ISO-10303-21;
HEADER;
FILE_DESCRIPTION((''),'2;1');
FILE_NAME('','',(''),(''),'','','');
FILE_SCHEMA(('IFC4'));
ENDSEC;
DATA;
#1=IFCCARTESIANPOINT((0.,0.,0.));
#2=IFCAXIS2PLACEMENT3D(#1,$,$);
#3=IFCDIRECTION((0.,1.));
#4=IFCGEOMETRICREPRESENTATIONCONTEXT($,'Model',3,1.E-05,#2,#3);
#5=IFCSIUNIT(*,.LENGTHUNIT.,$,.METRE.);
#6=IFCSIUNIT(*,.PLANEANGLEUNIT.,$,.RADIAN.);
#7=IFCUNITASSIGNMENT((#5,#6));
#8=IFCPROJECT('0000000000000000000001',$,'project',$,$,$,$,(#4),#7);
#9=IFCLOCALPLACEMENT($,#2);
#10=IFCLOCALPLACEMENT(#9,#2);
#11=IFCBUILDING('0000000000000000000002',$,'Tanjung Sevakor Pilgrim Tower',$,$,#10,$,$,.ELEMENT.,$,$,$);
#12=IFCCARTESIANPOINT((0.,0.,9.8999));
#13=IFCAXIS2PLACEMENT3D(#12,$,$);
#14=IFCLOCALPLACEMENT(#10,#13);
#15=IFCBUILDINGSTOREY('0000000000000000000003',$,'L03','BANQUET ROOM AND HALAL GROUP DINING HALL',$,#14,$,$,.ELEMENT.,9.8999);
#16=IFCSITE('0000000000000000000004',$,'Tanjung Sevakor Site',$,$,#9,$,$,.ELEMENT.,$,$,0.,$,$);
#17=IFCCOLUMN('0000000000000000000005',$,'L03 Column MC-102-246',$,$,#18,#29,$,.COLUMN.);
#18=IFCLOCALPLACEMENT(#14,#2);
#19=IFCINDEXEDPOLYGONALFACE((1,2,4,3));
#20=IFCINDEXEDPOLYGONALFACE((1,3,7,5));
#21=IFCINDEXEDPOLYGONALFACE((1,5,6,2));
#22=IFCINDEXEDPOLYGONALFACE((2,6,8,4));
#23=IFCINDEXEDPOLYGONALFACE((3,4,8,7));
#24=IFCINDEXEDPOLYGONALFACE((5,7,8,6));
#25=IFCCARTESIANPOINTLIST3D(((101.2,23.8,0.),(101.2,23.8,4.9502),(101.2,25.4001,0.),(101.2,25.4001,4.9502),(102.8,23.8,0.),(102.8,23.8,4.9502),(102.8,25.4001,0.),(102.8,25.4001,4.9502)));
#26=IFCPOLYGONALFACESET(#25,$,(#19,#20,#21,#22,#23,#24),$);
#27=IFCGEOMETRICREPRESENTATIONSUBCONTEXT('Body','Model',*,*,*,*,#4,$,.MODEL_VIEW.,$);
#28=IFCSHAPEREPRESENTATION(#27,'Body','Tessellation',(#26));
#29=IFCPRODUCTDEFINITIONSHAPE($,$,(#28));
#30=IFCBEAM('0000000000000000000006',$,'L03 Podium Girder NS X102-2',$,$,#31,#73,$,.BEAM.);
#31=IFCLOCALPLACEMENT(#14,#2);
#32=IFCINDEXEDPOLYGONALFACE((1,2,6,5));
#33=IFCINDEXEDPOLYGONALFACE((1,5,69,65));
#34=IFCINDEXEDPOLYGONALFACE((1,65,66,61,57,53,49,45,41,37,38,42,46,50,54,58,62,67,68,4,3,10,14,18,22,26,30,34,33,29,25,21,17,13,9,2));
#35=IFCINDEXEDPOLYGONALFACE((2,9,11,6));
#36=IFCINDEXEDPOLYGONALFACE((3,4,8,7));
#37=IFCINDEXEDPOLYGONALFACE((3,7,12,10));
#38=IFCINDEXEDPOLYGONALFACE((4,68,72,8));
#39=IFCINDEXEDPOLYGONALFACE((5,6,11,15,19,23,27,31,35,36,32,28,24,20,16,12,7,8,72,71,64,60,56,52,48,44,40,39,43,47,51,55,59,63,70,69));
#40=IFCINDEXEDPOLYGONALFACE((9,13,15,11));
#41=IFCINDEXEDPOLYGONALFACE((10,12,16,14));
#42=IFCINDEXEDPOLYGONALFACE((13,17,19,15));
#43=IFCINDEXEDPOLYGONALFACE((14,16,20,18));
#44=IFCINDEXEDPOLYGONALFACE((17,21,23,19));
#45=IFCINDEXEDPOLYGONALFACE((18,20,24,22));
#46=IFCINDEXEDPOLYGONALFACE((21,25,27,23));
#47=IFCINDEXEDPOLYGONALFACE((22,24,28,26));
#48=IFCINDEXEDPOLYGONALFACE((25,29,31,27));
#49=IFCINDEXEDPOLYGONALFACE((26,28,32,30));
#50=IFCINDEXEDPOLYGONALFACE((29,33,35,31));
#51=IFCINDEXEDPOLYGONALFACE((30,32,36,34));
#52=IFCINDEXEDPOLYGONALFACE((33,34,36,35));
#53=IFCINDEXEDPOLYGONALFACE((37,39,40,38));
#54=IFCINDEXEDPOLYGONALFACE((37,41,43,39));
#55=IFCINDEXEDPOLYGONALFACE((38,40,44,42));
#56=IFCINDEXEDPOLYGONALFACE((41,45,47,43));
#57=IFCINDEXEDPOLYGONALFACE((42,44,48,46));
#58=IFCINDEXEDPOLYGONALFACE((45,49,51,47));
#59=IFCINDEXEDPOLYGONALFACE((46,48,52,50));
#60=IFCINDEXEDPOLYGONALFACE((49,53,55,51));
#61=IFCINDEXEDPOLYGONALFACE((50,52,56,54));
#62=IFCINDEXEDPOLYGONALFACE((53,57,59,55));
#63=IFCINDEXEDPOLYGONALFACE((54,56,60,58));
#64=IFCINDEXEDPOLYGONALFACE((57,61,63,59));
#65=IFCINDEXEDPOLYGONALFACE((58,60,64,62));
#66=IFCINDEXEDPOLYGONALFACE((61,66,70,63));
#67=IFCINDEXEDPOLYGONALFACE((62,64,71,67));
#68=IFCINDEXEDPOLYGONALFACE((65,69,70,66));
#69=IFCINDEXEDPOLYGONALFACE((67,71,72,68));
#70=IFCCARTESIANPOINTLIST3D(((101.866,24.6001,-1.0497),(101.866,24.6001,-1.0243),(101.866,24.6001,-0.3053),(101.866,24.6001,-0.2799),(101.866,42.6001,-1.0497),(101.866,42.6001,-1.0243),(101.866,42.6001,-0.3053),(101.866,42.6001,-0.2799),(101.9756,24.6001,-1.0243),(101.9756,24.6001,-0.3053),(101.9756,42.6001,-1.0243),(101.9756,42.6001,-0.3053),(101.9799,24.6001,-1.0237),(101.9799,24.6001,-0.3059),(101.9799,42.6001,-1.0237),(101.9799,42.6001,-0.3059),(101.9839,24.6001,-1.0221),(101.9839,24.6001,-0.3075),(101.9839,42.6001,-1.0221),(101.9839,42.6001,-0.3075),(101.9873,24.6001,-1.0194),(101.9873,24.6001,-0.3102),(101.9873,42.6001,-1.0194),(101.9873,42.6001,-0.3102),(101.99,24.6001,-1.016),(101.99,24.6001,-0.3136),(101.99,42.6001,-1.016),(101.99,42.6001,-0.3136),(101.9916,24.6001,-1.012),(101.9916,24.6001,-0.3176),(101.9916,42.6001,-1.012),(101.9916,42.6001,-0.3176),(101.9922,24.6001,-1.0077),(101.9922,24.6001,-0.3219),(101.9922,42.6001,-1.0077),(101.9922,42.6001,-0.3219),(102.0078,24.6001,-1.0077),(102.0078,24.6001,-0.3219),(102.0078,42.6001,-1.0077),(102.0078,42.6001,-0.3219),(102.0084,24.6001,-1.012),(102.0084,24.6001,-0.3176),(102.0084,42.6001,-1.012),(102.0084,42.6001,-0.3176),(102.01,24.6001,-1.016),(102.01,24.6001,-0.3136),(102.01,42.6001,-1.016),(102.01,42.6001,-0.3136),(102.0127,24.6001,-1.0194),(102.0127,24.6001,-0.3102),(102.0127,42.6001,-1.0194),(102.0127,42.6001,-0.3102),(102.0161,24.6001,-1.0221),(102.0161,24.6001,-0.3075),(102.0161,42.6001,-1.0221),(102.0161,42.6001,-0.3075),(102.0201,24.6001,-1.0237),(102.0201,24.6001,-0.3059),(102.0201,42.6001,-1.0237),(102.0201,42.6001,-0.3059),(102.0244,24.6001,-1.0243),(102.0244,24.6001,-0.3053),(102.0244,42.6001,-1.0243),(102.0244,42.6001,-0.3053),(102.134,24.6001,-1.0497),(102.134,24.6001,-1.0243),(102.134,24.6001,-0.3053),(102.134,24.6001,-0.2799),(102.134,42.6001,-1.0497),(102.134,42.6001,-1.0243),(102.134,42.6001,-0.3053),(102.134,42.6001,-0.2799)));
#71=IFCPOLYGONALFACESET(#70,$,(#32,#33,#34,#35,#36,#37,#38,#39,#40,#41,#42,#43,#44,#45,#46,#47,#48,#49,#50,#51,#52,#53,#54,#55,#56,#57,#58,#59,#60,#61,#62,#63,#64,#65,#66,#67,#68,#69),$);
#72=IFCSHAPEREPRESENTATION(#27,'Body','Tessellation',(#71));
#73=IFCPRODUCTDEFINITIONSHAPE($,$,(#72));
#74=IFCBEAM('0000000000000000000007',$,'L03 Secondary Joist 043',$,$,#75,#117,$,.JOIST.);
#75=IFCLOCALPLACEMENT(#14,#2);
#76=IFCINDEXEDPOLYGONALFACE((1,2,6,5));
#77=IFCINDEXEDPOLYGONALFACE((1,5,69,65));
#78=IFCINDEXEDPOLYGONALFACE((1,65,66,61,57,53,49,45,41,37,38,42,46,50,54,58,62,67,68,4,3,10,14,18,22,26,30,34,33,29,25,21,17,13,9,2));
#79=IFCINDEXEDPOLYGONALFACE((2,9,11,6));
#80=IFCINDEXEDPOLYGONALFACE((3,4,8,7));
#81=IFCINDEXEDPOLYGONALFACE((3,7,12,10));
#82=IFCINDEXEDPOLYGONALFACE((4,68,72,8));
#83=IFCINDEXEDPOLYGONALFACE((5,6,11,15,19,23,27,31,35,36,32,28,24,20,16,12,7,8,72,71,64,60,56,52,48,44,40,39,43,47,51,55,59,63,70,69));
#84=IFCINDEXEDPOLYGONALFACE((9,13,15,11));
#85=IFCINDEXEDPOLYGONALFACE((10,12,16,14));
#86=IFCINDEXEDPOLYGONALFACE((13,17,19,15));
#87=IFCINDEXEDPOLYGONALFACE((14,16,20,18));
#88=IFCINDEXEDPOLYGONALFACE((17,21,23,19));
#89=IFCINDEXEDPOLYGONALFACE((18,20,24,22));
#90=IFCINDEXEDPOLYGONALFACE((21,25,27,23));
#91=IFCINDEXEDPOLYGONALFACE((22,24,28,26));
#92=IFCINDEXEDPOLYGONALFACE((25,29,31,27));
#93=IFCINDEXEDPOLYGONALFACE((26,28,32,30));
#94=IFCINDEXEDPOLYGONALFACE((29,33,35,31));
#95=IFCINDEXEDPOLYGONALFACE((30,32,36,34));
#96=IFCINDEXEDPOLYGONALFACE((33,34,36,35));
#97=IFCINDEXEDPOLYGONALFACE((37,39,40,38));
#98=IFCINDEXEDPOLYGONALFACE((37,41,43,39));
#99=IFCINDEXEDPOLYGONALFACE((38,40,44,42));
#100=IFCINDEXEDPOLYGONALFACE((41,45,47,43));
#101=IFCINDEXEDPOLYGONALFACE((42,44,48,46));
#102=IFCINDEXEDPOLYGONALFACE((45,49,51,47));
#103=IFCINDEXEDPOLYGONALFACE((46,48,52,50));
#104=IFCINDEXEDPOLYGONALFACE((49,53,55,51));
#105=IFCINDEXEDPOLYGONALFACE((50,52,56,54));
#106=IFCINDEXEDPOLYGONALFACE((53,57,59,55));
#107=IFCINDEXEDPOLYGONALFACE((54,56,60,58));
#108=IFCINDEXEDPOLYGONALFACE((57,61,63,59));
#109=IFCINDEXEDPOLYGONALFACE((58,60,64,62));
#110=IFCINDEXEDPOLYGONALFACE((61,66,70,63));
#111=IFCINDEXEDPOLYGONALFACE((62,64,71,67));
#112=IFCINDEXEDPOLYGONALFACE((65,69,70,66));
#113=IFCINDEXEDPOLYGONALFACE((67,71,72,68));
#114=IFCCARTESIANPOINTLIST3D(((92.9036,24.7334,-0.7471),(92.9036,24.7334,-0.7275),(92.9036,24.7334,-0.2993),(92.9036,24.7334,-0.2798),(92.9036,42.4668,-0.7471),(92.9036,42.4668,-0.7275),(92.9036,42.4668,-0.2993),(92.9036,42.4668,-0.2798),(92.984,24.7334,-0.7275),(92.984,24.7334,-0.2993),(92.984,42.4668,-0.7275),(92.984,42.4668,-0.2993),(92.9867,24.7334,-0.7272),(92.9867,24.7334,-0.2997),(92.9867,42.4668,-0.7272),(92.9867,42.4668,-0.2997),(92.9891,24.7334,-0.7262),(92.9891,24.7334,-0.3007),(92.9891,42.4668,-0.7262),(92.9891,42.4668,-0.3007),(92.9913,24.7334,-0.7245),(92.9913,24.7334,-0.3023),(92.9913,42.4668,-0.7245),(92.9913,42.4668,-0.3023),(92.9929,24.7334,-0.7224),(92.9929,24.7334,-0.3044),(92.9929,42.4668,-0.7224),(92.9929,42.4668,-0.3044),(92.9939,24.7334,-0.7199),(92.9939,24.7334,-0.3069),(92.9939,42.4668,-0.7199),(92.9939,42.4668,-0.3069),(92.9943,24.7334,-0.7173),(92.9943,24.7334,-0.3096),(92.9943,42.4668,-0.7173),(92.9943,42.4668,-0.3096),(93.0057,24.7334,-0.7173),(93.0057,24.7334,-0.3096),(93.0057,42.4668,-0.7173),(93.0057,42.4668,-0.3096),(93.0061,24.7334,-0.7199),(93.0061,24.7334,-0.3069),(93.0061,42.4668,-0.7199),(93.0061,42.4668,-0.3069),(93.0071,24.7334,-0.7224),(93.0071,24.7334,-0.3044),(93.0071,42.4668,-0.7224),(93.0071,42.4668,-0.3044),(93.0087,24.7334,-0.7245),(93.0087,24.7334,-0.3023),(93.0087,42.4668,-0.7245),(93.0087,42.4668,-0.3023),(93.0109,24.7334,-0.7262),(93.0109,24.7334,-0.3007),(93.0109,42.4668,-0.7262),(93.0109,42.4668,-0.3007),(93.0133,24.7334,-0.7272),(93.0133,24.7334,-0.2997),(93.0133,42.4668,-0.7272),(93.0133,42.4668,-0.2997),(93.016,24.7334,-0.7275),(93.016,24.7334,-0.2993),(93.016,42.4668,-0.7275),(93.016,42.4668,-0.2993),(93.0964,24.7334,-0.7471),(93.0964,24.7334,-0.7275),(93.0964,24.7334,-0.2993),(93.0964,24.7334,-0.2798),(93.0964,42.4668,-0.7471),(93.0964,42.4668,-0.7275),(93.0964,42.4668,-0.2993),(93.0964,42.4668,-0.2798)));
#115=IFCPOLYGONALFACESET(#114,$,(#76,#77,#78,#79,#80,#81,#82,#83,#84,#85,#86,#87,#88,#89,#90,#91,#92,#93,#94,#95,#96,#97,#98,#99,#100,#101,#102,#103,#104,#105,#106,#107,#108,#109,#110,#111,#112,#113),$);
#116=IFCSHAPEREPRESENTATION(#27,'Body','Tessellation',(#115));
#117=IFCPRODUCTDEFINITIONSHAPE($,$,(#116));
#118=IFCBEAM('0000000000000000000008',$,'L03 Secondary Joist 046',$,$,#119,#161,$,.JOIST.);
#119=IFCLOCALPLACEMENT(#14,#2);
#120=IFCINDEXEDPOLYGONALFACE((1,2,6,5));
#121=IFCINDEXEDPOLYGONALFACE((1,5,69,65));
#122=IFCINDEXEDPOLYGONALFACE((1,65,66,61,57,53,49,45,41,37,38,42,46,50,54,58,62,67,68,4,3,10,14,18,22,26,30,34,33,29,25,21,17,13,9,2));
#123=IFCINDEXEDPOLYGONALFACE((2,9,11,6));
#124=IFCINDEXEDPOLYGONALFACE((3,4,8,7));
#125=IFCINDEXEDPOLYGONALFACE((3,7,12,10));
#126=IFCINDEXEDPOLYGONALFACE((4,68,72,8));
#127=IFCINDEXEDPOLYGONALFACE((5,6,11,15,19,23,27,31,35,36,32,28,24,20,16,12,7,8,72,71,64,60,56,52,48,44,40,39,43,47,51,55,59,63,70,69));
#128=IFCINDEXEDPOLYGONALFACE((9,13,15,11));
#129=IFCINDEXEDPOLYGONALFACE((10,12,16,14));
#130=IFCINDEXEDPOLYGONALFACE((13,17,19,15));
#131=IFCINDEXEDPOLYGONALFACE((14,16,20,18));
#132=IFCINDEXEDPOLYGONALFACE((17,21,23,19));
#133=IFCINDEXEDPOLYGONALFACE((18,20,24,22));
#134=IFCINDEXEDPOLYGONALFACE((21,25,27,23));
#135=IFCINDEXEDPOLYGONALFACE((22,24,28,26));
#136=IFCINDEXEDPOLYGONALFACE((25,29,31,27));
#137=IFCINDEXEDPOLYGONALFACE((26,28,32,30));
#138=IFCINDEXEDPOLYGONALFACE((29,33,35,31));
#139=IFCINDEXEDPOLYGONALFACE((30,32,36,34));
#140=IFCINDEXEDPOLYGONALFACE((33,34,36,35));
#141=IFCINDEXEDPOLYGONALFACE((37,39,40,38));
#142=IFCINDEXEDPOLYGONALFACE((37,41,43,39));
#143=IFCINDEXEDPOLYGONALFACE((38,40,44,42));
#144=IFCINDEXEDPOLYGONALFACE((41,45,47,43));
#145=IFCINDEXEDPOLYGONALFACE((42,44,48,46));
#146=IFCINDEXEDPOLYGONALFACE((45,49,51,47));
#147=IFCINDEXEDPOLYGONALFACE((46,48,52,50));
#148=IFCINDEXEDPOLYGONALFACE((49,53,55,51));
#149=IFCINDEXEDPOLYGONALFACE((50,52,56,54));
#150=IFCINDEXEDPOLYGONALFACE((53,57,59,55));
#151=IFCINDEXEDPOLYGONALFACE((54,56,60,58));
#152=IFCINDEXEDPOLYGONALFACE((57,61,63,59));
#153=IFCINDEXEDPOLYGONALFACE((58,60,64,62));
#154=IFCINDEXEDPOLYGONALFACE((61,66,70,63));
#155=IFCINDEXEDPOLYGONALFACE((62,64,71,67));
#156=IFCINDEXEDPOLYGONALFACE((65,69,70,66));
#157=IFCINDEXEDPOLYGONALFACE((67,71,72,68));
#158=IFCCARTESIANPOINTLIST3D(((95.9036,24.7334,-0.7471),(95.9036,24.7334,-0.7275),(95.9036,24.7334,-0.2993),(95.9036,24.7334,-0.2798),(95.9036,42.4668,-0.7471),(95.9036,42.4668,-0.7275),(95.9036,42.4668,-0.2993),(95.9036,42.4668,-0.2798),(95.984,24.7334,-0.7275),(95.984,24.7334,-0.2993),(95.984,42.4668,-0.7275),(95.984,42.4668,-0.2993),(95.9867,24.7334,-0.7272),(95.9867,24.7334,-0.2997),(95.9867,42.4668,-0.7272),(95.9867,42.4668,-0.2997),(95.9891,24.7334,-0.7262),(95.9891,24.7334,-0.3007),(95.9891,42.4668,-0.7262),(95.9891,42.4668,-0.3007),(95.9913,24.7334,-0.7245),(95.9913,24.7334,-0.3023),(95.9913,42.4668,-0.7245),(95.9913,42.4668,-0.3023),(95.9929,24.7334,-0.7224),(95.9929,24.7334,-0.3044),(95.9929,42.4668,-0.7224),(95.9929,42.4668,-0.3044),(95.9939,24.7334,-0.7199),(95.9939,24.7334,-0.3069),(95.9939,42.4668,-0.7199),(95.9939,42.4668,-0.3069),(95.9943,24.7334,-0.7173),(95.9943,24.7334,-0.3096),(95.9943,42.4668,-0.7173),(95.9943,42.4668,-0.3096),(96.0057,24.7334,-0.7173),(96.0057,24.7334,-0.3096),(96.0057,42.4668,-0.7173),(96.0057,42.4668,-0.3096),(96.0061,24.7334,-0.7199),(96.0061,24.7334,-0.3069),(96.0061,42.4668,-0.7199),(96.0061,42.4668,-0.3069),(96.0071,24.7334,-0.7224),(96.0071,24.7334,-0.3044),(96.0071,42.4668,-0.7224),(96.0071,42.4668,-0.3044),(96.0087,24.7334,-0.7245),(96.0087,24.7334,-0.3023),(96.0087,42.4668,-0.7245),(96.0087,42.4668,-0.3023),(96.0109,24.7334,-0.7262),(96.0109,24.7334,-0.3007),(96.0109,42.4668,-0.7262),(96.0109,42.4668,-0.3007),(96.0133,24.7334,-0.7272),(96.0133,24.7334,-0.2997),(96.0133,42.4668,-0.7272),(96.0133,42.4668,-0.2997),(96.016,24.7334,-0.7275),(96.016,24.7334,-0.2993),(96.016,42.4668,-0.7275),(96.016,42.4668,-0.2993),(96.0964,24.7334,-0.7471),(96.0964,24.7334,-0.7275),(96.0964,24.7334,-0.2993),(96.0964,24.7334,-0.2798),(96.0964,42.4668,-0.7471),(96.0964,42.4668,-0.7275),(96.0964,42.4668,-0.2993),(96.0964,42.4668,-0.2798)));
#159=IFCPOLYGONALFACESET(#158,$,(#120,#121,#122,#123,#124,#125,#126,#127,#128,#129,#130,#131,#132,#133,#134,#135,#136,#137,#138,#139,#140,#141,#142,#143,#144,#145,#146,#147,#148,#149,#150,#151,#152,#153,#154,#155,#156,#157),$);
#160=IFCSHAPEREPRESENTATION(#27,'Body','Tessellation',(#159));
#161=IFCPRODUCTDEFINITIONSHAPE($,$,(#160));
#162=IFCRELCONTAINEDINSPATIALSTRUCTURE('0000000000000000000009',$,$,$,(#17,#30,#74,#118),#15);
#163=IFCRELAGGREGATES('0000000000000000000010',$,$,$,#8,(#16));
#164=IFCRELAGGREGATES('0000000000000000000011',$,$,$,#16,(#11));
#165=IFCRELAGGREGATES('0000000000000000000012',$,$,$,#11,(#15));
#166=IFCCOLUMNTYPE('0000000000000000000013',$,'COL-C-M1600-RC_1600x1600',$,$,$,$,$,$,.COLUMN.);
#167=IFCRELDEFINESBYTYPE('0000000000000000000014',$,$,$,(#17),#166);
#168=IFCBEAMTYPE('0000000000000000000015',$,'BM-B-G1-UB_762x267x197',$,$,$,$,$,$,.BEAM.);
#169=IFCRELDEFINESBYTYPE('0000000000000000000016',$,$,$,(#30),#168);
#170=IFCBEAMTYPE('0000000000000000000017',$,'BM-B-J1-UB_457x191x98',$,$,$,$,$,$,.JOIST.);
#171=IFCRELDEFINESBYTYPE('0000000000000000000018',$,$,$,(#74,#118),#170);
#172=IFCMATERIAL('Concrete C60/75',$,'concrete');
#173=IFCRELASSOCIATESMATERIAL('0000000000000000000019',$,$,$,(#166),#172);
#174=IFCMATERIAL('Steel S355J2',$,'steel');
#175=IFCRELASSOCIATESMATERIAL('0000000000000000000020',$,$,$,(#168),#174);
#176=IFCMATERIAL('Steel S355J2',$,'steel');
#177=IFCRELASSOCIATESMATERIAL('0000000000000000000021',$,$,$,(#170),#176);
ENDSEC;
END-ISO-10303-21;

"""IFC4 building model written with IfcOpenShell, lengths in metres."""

from ifc_helpers import new_model, si_unit, direction, frame, origin, origin_2d, place, context, subcontext, project, spatial, rectangle, i_section, extrude, material, material_profile, profile_set, type_object, element, save


model = new_model("IFC4")

# Units and contexts
model_context = context("Model", 3, precision=1e-05, world=origin(), true_north=direction((0.0, 1.0)))
body_context = subcontext(model_context, "Body", "Model", "MODEL_VIEW")
ifc_project = project(units=[si_unit("LENGTHUNIT", "METRE"), si_unit("PLANEANGLEUNIT", "RADIAN")], contexts=[model_context])

# Site, building, storey
site_placement = place(None, origin())
site = spatial("IfcSite", under=ifc_project, at=site_placement, Name="Tanjung Sevakor Site", CompositionType="ELEMENT", RefElevation=0.0)
building_placement = place(site_placement, origin())
building = spatial("IfcBuilding", under=site, at=building_placement, Name="Tanjung Sevakor Pilgrim Tower", CompositionType="ELEMENT")
storey_placement = place(building_placement, frame((0.0, 0.0, 9.8999)))
storey = spatial("IfcBuildingStorey", under=building, at=storey_placement, Name="L03", Description="BANQUET ROOM AND HALAL GROUP DINING HALL", CompositionType="ELEMENT", Elevation=9.8999)

# Column
ifc_material_1 = material(Name="Concrete C60/75", Category="concrete")
ifc_material_profile_1 = material_profile(ifc_material_1, rectangle(XDim=1.6001, YDim=1.6001, at=origin_2d()))
ifc_profile_set_1 = profile_set([ifc_material_profile_1], Name="Concrete C60/75")
column_type = type_object("IfcColumnType", Name="COL-C-M1600-RC_1600x1600", PredefinedType="COLUMN", material=ifc_profile_set_1)
column_placement = place(storey_placement, frame((102.0, 24.6001, 0.0), z_axis=(0.0, 0.0, 1.0), x_axis=(1.0, 0.0, 0.0)))
element("IfcColumn", 1, at=column_placement, inside=storey, type_object=column_type, Name="L03 Column MC-102-246", PredefinedType="COLUMN", context=body_context, shape_type="SweptSolid", body=[
    extrude(rectangle(XDim=1.6001, YDim=1.6001, at=origin_2d()), origin(), (0.0, 0.0, 1.0), 4.9502),
])

# Beams
ifc_material_2 = material(Name="Steel S355J2", Category="steel")
ifc_material_profile_2 = material_profile(ifc_material_2, i_section(OverallWidth=0.2681, OverallDepth=0.7698, WebThickness=0.0156, FlangeThickness=0.0254, FilletRadius=0.0166, at=origin_2d()))
ifc_profile_set_2 = profile_set([ifc_material_profile_2], Name="Steel S355J2")
beam_type_1 = type_object("IfcBeamType", Name="BM-B-G1-UB_762x267x197", PredefinedType="BEAM", material=ifc_profile_set_2)
beam_1_placement = place(storey_placement, frame((102.0, 24.6001, -0.6648), z_axis=(0.0, 1.0, 0.0), x_axis=(-1.0, 0.0, 0.0)))
element("IfcBeam", 2, at=beam_1_placement, inside=storey, type_object=beam_type_1, Name="L03 Podium Girder NS X102-2", PredefinedType="BEAM", context=body_context, shape_type="SweptSolid", body=[
    extrude(i_section(OverallWidth=0.2681, OverallDepth=0.7698, WebThickness=0.0156, FlangeThickness=0.0254, FilletRadius=0.0166, at=origin_2d()), origin(), (0.0, 0.0, 1.0), 18.0),
])
ifc_material_3 = material(Name="Steel S355J2", Category="steel")
ifc_material_profile_3 = material_profile(ifc_material_3, i_section(OverallWidth=0.1929, OverallDepth=0.4673, WebThickness=0.0115, FlangeThickness=0.0195, FilletRadius=0.0103, at=origin_2d()))
ifc_profile_set_3 = profile_set([ifc_material_profile_3], Name="Steel S355J2")
beam_type_2 = type_object("IfcBeamType", Name="BM-B-J1-UB_457x191x98", PredefinedType="JOIST", material=ifc_profile_set_3)
for number, where, z_axis, x_axis, name in (
    (3, (93.0, 24.7334, -0.5134), (0.0, 1.0, 0.0), (-1.0, 0.0, 0.0), "L03 Secondary Joist 043"),
    (4, (96.0, 24.7334, -0.5134), (0.0, 1.0, 0.0), (-1.0, 0.0, 0.0), "L03 Secondary Joist 046"),
):
    element("IfcBeam", number, at=place(storey_placement, frame(where, z_axis=z_axis, x_axis=x_axis)), inside=storey, type_object=beam_type_2, Name=name, PredefinedType="JOIST", context=body_context, shape_type="SweptSolid", body=[
        extrude(i_section(OverallWidth=0.1929, OverallDepth=0.4673, WebThickness=0.0115, FlangeThickness=0.0195, FilletRadius=0.0103, at=origin_2d()), origin(), (0.0, 0.0, 1.0), 17.7334),
    ])

save(model, "model.ifc")
